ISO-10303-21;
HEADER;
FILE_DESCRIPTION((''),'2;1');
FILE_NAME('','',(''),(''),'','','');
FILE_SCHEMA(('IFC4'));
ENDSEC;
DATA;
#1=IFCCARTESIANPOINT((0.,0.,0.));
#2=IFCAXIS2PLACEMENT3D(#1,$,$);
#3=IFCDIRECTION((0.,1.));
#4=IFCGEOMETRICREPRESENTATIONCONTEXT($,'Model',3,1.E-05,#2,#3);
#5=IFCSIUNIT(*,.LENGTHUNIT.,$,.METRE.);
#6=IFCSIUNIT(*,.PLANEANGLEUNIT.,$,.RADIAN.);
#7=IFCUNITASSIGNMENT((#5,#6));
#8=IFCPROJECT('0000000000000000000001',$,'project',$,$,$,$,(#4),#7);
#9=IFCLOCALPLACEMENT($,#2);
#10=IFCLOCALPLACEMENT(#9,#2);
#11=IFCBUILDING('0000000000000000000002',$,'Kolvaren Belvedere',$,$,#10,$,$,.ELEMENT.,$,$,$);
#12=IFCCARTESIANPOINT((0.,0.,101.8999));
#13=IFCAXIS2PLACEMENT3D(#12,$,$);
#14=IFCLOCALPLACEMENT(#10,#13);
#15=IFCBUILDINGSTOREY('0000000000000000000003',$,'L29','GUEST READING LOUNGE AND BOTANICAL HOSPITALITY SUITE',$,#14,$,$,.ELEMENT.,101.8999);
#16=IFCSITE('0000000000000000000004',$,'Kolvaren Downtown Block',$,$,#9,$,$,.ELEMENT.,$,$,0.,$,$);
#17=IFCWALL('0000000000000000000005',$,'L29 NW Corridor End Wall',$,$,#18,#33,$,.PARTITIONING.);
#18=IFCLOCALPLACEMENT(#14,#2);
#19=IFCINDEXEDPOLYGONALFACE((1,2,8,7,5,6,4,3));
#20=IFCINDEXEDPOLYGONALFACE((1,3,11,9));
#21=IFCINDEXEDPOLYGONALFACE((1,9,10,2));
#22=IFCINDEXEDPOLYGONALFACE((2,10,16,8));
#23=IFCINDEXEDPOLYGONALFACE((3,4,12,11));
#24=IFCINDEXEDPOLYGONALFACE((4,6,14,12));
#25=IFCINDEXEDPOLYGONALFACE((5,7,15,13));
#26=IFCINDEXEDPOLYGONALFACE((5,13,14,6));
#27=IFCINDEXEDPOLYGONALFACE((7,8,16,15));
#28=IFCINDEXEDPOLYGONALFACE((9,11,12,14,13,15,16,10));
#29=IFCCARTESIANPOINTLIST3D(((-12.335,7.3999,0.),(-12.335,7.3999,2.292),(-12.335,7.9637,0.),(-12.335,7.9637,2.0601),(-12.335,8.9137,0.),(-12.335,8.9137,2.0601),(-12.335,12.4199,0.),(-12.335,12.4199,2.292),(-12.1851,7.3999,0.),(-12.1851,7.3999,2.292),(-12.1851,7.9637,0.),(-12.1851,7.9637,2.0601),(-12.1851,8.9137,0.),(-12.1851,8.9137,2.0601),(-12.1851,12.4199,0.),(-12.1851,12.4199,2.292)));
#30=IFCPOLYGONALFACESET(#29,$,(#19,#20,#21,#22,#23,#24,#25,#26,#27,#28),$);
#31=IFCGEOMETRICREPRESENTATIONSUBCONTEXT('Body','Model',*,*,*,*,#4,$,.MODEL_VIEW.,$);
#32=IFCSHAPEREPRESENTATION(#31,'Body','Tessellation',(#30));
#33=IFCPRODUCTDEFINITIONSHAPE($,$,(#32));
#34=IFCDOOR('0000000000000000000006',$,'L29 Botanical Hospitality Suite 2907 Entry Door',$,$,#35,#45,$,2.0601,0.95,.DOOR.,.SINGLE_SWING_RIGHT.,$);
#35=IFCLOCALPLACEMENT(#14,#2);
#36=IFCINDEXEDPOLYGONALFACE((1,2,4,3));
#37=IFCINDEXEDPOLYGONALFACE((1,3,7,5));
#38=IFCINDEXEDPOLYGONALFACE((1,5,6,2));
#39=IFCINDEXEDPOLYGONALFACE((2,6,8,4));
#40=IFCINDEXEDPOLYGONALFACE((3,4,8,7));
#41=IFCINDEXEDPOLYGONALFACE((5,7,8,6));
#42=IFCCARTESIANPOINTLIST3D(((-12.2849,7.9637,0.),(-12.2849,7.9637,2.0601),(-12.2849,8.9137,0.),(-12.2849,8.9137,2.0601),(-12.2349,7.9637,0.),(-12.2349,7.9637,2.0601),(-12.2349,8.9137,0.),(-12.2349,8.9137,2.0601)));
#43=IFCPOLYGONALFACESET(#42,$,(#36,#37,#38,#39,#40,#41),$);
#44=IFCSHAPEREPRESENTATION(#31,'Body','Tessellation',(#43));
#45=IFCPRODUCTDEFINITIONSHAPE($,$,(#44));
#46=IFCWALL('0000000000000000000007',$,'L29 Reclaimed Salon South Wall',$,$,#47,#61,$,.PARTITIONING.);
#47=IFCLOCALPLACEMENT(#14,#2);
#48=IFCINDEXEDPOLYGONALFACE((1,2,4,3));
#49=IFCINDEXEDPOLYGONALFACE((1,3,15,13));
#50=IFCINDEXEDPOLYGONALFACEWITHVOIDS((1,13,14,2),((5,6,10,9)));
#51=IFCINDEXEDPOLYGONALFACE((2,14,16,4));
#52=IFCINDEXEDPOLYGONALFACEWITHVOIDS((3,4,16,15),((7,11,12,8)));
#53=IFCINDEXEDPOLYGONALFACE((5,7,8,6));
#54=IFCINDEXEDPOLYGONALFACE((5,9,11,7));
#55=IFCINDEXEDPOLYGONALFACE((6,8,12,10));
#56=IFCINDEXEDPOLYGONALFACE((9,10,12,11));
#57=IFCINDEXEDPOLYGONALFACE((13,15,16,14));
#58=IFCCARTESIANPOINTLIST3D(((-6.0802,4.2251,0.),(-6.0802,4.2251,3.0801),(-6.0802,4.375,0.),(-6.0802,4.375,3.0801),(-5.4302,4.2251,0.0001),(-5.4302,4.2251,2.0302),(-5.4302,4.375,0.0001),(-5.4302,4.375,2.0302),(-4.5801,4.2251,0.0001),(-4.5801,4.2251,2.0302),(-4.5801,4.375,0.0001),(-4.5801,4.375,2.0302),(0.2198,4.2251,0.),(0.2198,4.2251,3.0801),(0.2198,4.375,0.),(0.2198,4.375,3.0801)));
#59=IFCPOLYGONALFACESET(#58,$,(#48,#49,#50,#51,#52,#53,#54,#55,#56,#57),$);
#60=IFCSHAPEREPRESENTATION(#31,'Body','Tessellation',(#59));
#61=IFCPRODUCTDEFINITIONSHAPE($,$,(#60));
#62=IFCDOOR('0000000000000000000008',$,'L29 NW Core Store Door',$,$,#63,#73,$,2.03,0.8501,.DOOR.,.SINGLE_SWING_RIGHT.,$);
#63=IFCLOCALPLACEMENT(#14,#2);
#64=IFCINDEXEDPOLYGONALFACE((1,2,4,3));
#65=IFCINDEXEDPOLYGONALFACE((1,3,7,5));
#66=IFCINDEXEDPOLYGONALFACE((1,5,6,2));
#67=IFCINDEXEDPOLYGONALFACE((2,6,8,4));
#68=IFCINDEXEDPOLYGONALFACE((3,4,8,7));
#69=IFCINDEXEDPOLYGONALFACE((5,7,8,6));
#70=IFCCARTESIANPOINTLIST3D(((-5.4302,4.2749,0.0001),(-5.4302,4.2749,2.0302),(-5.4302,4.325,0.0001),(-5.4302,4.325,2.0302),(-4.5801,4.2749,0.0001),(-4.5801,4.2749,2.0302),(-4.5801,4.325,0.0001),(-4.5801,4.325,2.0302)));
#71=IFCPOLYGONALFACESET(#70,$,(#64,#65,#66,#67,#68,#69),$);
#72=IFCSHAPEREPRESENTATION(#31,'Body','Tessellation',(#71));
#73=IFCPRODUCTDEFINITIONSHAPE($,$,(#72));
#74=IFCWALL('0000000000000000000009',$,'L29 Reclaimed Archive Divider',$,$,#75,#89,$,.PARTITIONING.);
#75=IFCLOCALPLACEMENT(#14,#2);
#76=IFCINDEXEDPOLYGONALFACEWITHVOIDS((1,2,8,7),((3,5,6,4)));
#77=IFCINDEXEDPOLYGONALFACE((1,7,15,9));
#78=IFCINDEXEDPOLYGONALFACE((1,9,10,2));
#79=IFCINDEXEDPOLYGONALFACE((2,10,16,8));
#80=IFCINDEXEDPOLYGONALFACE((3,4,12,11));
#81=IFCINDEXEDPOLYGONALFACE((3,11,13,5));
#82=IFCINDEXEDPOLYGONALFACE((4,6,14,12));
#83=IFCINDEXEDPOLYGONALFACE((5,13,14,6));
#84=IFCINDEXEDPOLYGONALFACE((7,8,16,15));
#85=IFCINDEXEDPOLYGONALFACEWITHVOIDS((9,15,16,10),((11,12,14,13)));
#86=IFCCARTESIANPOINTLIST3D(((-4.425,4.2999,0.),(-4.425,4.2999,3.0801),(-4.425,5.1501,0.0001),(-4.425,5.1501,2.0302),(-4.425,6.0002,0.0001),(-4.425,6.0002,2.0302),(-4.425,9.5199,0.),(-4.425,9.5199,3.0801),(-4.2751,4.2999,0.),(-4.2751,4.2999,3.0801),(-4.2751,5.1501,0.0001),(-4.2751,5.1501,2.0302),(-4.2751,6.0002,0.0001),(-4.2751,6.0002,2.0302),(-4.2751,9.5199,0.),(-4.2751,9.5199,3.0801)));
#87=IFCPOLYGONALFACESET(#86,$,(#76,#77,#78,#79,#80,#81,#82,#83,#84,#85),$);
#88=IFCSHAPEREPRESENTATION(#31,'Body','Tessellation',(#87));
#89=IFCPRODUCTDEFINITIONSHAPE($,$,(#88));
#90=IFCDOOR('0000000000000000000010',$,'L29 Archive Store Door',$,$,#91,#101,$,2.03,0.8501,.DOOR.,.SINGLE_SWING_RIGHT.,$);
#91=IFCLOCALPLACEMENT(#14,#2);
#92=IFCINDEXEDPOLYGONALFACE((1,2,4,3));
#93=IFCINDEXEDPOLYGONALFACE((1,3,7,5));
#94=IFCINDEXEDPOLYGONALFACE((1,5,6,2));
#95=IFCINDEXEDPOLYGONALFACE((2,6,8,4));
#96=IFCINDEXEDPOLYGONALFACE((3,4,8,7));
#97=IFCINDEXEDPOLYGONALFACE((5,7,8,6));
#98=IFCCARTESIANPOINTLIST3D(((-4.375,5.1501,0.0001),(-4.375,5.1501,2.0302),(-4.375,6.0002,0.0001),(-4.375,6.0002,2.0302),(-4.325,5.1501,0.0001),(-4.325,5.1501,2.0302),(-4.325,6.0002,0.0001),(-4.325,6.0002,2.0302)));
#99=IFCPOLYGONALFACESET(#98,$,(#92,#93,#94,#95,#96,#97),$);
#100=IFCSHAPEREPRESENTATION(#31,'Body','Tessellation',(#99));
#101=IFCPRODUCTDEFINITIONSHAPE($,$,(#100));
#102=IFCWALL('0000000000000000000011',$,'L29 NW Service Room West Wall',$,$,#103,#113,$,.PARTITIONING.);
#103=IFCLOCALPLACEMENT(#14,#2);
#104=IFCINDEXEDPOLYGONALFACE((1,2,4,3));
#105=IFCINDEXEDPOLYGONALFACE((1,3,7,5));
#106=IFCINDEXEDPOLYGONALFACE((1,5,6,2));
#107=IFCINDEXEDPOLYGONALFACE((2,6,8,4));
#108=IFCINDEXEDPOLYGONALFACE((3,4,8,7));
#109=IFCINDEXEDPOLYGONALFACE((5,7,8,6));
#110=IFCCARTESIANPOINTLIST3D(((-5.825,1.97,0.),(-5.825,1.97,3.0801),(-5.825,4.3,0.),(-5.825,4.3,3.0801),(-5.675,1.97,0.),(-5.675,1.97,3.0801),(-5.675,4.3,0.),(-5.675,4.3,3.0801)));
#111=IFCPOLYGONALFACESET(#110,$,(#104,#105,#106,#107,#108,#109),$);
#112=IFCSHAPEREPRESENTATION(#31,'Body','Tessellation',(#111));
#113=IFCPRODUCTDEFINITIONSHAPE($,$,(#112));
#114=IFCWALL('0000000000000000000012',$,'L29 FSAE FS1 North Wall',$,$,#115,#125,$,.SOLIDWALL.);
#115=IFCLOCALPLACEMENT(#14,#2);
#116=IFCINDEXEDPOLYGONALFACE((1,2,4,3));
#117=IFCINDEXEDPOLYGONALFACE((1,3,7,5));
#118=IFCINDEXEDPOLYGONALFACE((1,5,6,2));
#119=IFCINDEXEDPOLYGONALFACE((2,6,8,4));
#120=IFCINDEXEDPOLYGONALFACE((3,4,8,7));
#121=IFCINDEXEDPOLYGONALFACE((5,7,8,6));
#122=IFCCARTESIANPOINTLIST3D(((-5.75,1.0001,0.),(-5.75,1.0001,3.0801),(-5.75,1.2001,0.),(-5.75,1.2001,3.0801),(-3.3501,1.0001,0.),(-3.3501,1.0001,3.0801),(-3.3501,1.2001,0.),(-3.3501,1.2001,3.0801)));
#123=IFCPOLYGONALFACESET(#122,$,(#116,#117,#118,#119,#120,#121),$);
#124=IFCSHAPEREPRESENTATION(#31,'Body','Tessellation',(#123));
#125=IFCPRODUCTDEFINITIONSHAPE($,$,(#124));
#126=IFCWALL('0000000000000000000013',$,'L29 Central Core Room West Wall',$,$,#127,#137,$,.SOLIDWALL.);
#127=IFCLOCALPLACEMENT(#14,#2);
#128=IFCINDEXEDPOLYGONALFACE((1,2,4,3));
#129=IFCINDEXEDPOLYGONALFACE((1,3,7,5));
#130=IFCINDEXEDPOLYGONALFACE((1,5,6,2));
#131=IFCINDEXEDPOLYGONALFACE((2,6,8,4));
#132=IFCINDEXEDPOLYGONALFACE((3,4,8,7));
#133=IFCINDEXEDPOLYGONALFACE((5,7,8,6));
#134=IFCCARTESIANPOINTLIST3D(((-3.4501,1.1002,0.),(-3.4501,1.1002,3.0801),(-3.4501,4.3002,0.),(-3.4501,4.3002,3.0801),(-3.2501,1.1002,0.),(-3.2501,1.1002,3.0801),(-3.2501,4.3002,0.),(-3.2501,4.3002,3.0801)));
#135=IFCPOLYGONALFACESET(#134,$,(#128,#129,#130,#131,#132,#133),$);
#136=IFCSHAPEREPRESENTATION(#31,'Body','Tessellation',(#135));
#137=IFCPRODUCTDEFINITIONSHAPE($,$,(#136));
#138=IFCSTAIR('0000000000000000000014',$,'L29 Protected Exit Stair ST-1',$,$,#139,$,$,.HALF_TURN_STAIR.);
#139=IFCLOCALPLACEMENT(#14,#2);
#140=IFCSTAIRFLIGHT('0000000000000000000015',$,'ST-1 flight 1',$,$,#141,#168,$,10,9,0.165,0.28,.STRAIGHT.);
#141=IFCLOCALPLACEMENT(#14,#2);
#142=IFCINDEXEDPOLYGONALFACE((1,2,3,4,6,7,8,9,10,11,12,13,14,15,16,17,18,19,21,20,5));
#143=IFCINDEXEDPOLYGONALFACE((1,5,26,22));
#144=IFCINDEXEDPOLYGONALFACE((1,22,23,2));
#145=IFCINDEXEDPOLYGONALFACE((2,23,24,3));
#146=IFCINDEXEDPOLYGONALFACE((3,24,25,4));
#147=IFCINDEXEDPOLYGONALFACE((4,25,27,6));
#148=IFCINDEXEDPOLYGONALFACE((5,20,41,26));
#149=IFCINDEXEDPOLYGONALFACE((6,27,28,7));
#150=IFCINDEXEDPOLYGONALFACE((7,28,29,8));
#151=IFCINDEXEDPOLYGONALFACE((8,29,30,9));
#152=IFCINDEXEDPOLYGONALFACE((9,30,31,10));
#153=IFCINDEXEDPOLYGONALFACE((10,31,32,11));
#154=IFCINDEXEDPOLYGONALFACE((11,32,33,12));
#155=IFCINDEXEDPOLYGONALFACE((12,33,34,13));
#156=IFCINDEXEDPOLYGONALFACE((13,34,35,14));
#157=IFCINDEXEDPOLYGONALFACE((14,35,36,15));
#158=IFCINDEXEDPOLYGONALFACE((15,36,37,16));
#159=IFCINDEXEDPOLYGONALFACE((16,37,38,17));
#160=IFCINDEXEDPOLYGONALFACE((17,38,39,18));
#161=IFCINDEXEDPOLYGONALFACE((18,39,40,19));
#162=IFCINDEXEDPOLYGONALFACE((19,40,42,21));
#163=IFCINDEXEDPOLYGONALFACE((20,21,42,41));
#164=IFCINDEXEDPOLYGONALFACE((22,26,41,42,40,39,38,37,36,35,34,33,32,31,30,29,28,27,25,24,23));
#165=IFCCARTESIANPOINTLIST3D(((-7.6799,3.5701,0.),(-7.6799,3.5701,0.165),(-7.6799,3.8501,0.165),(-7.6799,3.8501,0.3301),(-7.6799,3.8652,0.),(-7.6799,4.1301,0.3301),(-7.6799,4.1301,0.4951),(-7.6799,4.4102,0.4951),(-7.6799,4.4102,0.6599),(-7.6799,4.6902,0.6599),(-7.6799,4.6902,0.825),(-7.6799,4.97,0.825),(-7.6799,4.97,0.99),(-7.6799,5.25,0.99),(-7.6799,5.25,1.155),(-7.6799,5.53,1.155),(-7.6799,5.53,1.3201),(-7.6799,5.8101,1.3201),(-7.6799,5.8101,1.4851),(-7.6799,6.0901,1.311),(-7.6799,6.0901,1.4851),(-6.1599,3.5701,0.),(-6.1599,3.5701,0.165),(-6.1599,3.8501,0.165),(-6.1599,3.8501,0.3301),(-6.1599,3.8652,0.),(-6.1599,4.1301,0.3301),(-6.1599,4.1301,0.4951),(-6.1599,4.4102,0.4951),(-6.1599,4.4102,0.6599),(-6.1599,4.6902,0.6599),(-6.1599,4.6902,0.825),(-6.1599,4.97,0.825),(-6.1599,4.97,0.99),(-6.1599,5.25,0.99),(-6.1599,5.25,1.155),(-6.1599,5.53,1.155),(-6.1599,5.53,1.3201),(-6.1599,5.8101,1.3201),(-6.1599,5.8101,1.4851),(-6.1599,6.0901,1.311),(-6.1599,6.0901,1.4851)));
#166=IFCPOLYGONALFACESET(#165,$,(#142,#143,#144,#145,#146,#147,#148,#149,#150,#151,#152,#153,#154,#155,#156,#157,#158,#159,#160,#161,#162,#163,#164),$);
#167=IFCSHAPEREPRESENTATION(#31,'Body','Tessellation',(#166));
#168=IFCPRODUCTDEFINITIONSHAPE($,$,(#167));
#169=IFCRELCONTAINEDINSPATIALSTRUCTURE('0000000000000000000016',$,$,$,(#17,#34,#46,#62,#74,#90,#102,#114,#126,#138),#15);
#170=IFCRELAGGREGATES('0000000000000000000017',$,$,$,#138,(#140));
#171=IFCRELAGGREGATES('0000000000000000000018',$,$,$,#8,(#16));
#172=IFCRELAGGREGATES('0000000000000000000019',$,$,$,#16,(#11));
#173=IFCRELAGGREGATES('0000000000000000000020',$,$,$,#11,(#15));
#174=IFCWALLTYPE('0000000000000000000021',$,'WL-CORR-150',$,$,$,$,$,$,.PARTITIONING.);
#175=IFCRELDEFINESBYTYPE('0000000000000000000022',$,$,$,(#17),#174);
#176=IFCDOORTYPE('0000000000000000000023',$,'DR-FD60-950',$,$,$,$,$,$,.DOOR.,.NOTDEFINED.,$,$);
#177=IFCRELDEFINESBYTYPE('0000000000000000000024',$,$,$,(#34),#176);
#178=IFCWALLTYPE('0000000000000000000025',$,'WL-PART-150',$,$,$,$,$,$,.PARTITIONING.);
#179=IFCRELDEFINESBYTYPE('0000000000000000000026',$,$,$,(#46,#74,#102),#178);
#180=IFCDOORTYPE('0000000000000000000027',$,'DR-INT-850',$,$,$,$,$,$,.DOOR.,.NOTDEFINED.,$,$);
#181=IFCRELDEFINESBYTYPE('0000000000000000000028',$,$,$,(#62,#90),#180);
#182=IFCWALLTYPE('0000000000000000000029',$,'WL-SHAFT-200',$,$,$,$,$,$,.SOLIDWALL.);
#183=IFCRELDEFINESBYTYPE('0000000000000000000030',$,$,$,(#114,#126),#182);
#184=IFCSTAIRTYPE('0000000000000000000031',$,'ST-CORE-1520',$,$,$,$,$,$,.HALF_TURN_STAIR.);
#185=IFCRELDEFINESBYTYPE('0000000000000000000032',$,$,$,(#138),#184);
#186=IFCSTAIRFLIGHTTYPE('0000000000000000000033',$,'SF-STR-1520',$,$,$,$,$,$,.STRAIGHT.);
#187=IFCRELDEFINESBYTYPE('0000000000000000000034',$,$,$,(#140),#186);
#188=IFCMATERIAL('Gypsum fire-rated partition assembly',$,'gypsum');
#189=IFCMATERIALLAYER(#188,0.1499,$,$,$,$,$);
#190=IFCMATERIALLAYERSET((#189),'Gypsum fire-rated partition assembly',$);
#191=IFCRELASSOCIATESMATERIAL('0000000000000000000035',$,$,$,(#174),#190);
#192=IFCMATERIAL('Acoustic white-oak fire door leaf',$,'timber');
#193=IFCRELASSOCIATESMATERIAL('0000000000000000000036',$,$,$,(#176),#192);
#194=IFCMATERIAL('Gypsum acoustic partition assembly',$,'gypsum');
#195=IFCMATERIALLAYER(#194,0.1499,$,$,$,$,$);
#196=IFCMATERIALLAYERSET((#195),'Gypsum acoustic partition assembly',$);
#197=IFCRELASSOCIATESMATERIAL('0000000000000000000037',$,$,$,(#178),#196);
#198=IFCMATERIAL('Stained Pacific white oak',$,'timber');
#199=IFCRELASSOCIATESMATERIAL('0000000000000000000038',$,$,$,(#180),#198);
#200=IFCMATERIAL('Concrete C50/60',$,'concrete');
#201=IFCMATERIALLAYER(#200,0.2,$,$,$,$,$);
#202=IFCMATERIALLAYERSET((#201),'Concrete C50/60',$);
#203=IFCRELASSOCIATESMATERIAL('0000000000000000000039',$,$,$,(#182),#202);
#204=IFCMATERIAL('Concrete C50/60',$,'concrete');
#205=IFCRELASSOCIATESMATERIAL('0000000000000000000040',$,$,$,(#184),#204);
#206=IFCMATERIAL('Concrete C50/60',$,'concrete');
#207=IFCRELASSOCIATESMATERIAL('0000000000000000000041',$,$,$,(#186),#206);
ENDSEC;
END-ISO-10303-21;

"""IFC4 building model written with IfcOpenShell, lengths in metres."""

from ifc_helpers import new_model, si_unit, direction, frame, frame_2d, origin, place, context, subcontext, project, spatial, polyline, rectangle, outline, extrude, material, layer, layer_set, type_object, element, fill, aggregate, save


model = new_model("IFC4")

# Units and contexts
model_context = context("Model", 3, precision=1e-05, world=origin(), true_north=direction((0.0, 1.0)))
body_context = subcontext(model_context, "Body", "Model", "MODEL_VIEW")
ifc_project = project(units=[si_unit("LENGTHUNIT", "METRE"), si_unit("PLANEANGLEUNIT", "RADIAN")], contexts=[model_context])

# Site, building, storey
site_placement = place(None, origin())
site = spatial("IfcSite", under=ifc_project, at=site_placement, Name="Kolvaren Downtown Block", CompositionType="ELEMENT", RefElevation=0.0)
building_placement = place(site_placement, origin())
building = spatial("IfcBuilding", under=site, at=building_placement, Name="Kolvaren Belvedere", CompositionType="ELEMENT")
storey_placement = place(building_placement, frame((0.0, 0.0, 101.8999)))
storey = spatial("IfcBuildingStorey", under=building, at=storey_placement, Name="L29", Description="GUEST READING LOUNGE AND BOTANICAL HOSPITALITY SUITE", CompositionType="ELEMENT", Elevation=101.8999)

# Walls, openings, doors
ifc_material_1 = material(Name="Gypsum fire-rated partition assembly", Category="gypsum")
ifc_layer_1 = layer(ifc_material_1, 0.1499)
ifc_layer_set_1 = layer_set([ifc_layer_1], Name="Gypsum fire-rated partition assembly")
wall_type_1 = type_object("IfcWallType", Name="WL-CORR-150", PredefinedType="PARTITIONING", material=ifc_layer_set_1)
wall_1_placement = place(storey_placement, frame((-12.26, 7.3999, 0.0), z_axis=(0.0, 0.0, 1.0), x_axis=(0.0, 1.0, 0.0)))
wall_1 = element("IfcWall", 1, at=wall_1_placement, inside=storey, type_object=wall_type_1, Name="L29 NW Corridor End Wall", PredefinedType="PARTITIONING", context=body_context, shape_type="SweptSolid", body=[
    extrude(rectangle(XDim=5.02, YDim=0.1499, at=frame_2d((2.51, 0.0))), origin(), (0.0, 0.0, 1.0), 2.292),
])
opening_1_placement = place(wall_1_placement, frame((0.5637, 0.0, 0.0)))
opening_1 = element("IfcOpeningElement", 2, at=opening_1_placement, cuts=wall_1, PredefinedType="OPENING", context=body_context, shape_type="SweptSolid", body=[
    extrude(rectangle(XDim=0.95, YDim=2.0601, at=frame_2d((0.4751, 1.03))), frame((0.0, 0.085, 0.0), z_axis=(0.0, -1.0, 0.0), x_axis=(1.0, 0.0, 0.0)), (0.0, 0.0, 1.0), 0.1699),
])
ifc_material_2 = material(Name="Acoustic white-oak fire door leaf", Category="timber")
door_type_1 = type_object("IfcDoorType", Name="DR-FD60-950", OperationType="NOTDEFINED", PredefinedType="DOOR", material=ifc_material_2)
door_1_placement = place(opening_1_placement, origin())
door_1 = element("IfcDoor", 3, at=door_1_placement, inside=storey, type_object=door_type_1, Name="L29 Botanical Hospitality Suite 2907 Entry Door", OperationType="SINGLE_SWING_RIGHT", OverallHeight=2.0601, OverallWidth=0.95, PredefinedType="DOOR", context=body_context, shape_type="SweptSolid", body=[
    extrude(rectangle(XDim=0.95, YDim=2.0601, at=frame_2d((0.4751, 1.03))), frame((0.0, 0.0249, 0.0), z_axis=(0.0, -1.0, 0.0), x_axis=(1.0, 0.0, 0.0)), (0.0, 0.0, 1.0), 0.05),
])
fill(opening_1, door_1)
ifc_material_3 = material(Name="Gypsum acoustic partition assembly", Category="gypsum")
ifc_layer_2 = layer(ifc_material_3, 0.1499)
ifc_layer_set_2 = layer_set([ifc_layer_2], Name="Gypsum acoustic partition assembly")
wall_type_2 = type_object("IfcWallType", Name="WL-PART-150", PredefinedType="PARTITIONING", material=ifc_layer_set_2)
wall_2_placement = place(storey_placement, frame((-6.0801, 4.3, 0.0), z_axis=(0.0, 0.0, 1.0), x_axis=(1.0, 0.0, 0.0)))
wall_2 = element("IfcWall", 4, at=wall_2_placement, inside=storey, type_object=wall_type_2, Name="L29 Reclaimed Salon South Wall", PredefinedType="PARTITIONING", context=body_context, shape_type="SweptSolid", body=[
    extrude(rectangle(XDim=6.3, YDim=0.1499, at=frame_2d((3.1499, 0.0))), origin(), (0.0, 0.0, 1.0), 3.0801),
])
opening_2_placement = place(wall_2_placement, frame((0.6499, 0.0, 0.0)))
opening_2 = element("IfcOpeningElement", 5, at=opening_2_placement, cuts=wall_2, PredefinedType="OPENING", context=body_context, shape_type="SweptSolid", body=[
    extrude(rectangle(XDim=0.8501, YDim=2.03, at=frame_2d((0.425, 1.0151))), frame((0.0, 0.085, 0.0), z_axis=(0.0, -1.0, 0.0), x_axis=(1.0, 0.0, 0.0)), (0.0, 0.0, 1.0), 0.1699),
])
ifc_material_4 = material(Name="Stained Pacific white oak", Category="timber")
door_type_2 = type_object("IfcDoorType", Name="DR-INT-850", OperationType="NOTDEFINED", PredefinedType="DOOR", material=ifc_material_4)
door_2_placement = place(opening_2_placement, origin())
door_2 = element("IfcDoor", 6, at=door_2_placement, inside=storey, type_object=door_type_2, Name="L29 NW Core Store Door", OperationType="SINGLE_SWING_RIGHT", OverallHeight=2.03, OverallWidth=0.8501, PredefinedType="DOOR", context=body_context, shape_type="SweptSolid", body=[
    extrude(rectangle(XDim=0.8501, YDim=2.03, at=frame_2d((0.425, 1.0151))), frame((0.0, 0.0249, 0.0), z_axis=(0.0, -1.0, 0.0), x_axis=(1.0, 0.0, 0.0)), (0.0, 0.0, 1.0), 0.05),
])
fill(opening_2, door_2)
wall_3_placement = place(storey_placement, frame((-4.3501, 4.3, 0.0), z_axis=(0.0, 0.0, 1.0), x_axis=(0.0, 1.0, 0.0)))
wall_3 = element("IfcWall", 7, at=wall_3_placement, inside=storey, type_object=wall_type_2, Name="L29 Reclaimed Archive Divider", PredefinedType="PARTITIONING", context=body_context, shape_type="SweptSolid", body=[
    extrude(rectangle(XDim=5.22, YDim=0.1499, at=frame_2d((2.6099, 0.0))), origin(), (0.0, 0.0, 1.0), 3.0801),
])
opening_3_placement = place(wall_3_placement, frame((0.8501, 0.0, 0.0)))
opening_3 = element("IfcOpeningElement", 8, at=opening_3_placement, cuts=wall_3, PredefinedType="OPENING", context=body_context, shape_type="SweptSolid", body=[
    extrude(rectangle(XDim=0.8501, YDim=2.03, at=frame_2d((0.425, 1.0151))), frame((0.0, 0.085, 0.0), z_axis=(0.0, -1.0, 0.0), x_axis=(1.0, 0.0, 0.0)), (0.0, 0.0, 1.0), 0.1699),
])
door_3_placement = place(opening_3_placement, origin())
door_3 = element("IfcDoor", 9, at=door_3_placement, inside=storey, type_object=door_type_2, Name="L29 Archive Store Door", OperationType="SINGLE_SWING_RIGHT", OverallHeight=2.03, OverallWidth=0.8501, PredefinedType="DOOR", context=body_context, shape_type="SweptSolid", body=[
    extrude(rectangle(XDim=0.8501, YDim=2.03, at=frame_2d((0.425, 1.0151))), frame((0.0, 0.0249, 0.0), z_axis=(0.0, -1.0, 0.0), x_axis=(1.0, 0.0, 0.0)), (0.0, 0.0, 1.0), 0.05),
])
fill(opening_3, door_3)

# Walls
wall_4_placement = place(storey_placement, frame((-5.75, 1.97, 0.0), z_axis=(0.0, 0.0, 1.0), x_axis=(0.0, 1.0, 0.0)))
element("IfcWall", 10, at=wall_4_placement, inside=storey, type_object=wall_type_2, Name="L29 NW Service Room West Wall", PredefinedType="PARTITIONING", context=body_context, shape_type="SweptSolid", body=[
    extrude(rectangle(XDim=2.3301, YDim=0.1499, at=frame_2d((1.165, 0.0))), origin(), (0.0, 0.0, 1.0), 3.0801),
])
ifc_material_5 = material(Name="Concrete C50/60", Category="concrete")
ifc_layer_3 = layer(ifc_material_5, 0.2)
ifc_layer_set_3 = layer_set([ifc_layer_3], Name="Concrete C50/60")
wall_type_3 = type_object("IfcWallType", Name="WL-SHAFT-200", PredefinedType="SOLIDWALL", material=ifc_layer_set_3)
wall_5_placement = place(storey_placement, frame((-5.75, 1.1001, 0.0), z_axis=(0.0, 0.0, 1.0), x_axis=(1.0, 0.0, 0.0)))
element("IfcWall", 11, at=wall_5_placement, inside=storey, type_object=wall_type_3, Name="L29 FSAE FS1 North Wall", PredefinedType="SOLIDWALL", context=body_context, shape_type="SweptSolid", body=[
    extrude(rectangle(XDim=2.3999, YDim=0.2, at=frame_2d((1.2, 0.0))), origin(), (0.0, 0.0, 1.0), 3.0801),
])
wall_6_placement = place(storey_placement, frame((-3.3501, 1.1001, 0.0), z_axis=(0.0, 0.0, 1.0), x_axis=(0.0, 1.0, 0.0)))
element("IfcWall", 12, at=wall_6_placement, inside=storey, type_object=wall_type_3, Name="L29 Central Core Room West Wall", PredefinedType="SOLIDWALL", context=body_context, shape_type="SweptSolid", body=[
    extrude(rectangle(XDim=3.2, YDim=0.2, at=frame_2d((1.6001, 0.0))), origin(), (0.0, 0.0, 1.0), 3.0801),
])

# Stair, stair flight
ifc_material_6 = material(Name="Concrete C50/60", Category="concrete")
stair_type = type_object("IfcStairType", Name="ST-CORE-1520", PredefinedType="HALF_TURN_STAIR", material=ifc_material_6)
stair_placement = place(storey_placement, origin())
stair = element("IfcStair", 13, at=stair_placement, inside=storey, type_object=stair_type, Name="L29 Protected Exit Stair ST-1", PredefinedType="HALF_TURN_STAIR")
ifc_material_7 = material(Name="Concrete C50/60", Category="concrete")
stair_flight_type = type_object("IfcStairFlightType", Name="SF-STR-1520", PredefinedType="STRAIGHT", material=ifc_material_7)
stair_flight_1_placement = place(storey_placement, frame((-6.9199, 3.5701, 0.0), z_axis=(0.0, 0.0, 1.0), x_axis=(0.0, 1.0, 0.0)))
stair_flight_1 = element("IfcStairFlight", 14, at=stair_flight_1_placement, type_object=stair_flight_type, Name="ST-1 flight 1", NumberOfRisers=10, NumberOfTreads=9, PredefinedType="STRAIGHT", RiserHeight=0.165, TreadLength=0.28, context=body_context, shape_type="SweptSolid", body=[
    extrude(outline(polyline([(0.0, 0.0), (0.0, 0.165), (0.28, 0.165), (0.28, 0.3301), (0.5601, 0.3301), (0.5601, 0.4951), (0.8401, 0.4951), (0.8401, 0.6599), (1.1201, 0.6599), (1.1201, 0.825), (1.3999, 0.825), (1.3999, 0.99), (1.6799, 0.99), (1.6799, 1.155), (1.96, 1.155), (1.96, 1.3201), (2.24, 1.3201), (2.24, 1.4851), (2.52, 1.4851), (2.52, 1.6499), (2.52, 1.311), (0.2952, 0.0), (0.0, 0.0)])), frame((0.0, 0.76, 0.0), z_axis=(0.0, -1.0, 0.0), x_axis=(1.0, 0.0, 0.0)), (0.0, 0.0, 1.0), 1.52),
])
aggregate(stair, [stair_flight_1])

save(model, "model.ifc")
